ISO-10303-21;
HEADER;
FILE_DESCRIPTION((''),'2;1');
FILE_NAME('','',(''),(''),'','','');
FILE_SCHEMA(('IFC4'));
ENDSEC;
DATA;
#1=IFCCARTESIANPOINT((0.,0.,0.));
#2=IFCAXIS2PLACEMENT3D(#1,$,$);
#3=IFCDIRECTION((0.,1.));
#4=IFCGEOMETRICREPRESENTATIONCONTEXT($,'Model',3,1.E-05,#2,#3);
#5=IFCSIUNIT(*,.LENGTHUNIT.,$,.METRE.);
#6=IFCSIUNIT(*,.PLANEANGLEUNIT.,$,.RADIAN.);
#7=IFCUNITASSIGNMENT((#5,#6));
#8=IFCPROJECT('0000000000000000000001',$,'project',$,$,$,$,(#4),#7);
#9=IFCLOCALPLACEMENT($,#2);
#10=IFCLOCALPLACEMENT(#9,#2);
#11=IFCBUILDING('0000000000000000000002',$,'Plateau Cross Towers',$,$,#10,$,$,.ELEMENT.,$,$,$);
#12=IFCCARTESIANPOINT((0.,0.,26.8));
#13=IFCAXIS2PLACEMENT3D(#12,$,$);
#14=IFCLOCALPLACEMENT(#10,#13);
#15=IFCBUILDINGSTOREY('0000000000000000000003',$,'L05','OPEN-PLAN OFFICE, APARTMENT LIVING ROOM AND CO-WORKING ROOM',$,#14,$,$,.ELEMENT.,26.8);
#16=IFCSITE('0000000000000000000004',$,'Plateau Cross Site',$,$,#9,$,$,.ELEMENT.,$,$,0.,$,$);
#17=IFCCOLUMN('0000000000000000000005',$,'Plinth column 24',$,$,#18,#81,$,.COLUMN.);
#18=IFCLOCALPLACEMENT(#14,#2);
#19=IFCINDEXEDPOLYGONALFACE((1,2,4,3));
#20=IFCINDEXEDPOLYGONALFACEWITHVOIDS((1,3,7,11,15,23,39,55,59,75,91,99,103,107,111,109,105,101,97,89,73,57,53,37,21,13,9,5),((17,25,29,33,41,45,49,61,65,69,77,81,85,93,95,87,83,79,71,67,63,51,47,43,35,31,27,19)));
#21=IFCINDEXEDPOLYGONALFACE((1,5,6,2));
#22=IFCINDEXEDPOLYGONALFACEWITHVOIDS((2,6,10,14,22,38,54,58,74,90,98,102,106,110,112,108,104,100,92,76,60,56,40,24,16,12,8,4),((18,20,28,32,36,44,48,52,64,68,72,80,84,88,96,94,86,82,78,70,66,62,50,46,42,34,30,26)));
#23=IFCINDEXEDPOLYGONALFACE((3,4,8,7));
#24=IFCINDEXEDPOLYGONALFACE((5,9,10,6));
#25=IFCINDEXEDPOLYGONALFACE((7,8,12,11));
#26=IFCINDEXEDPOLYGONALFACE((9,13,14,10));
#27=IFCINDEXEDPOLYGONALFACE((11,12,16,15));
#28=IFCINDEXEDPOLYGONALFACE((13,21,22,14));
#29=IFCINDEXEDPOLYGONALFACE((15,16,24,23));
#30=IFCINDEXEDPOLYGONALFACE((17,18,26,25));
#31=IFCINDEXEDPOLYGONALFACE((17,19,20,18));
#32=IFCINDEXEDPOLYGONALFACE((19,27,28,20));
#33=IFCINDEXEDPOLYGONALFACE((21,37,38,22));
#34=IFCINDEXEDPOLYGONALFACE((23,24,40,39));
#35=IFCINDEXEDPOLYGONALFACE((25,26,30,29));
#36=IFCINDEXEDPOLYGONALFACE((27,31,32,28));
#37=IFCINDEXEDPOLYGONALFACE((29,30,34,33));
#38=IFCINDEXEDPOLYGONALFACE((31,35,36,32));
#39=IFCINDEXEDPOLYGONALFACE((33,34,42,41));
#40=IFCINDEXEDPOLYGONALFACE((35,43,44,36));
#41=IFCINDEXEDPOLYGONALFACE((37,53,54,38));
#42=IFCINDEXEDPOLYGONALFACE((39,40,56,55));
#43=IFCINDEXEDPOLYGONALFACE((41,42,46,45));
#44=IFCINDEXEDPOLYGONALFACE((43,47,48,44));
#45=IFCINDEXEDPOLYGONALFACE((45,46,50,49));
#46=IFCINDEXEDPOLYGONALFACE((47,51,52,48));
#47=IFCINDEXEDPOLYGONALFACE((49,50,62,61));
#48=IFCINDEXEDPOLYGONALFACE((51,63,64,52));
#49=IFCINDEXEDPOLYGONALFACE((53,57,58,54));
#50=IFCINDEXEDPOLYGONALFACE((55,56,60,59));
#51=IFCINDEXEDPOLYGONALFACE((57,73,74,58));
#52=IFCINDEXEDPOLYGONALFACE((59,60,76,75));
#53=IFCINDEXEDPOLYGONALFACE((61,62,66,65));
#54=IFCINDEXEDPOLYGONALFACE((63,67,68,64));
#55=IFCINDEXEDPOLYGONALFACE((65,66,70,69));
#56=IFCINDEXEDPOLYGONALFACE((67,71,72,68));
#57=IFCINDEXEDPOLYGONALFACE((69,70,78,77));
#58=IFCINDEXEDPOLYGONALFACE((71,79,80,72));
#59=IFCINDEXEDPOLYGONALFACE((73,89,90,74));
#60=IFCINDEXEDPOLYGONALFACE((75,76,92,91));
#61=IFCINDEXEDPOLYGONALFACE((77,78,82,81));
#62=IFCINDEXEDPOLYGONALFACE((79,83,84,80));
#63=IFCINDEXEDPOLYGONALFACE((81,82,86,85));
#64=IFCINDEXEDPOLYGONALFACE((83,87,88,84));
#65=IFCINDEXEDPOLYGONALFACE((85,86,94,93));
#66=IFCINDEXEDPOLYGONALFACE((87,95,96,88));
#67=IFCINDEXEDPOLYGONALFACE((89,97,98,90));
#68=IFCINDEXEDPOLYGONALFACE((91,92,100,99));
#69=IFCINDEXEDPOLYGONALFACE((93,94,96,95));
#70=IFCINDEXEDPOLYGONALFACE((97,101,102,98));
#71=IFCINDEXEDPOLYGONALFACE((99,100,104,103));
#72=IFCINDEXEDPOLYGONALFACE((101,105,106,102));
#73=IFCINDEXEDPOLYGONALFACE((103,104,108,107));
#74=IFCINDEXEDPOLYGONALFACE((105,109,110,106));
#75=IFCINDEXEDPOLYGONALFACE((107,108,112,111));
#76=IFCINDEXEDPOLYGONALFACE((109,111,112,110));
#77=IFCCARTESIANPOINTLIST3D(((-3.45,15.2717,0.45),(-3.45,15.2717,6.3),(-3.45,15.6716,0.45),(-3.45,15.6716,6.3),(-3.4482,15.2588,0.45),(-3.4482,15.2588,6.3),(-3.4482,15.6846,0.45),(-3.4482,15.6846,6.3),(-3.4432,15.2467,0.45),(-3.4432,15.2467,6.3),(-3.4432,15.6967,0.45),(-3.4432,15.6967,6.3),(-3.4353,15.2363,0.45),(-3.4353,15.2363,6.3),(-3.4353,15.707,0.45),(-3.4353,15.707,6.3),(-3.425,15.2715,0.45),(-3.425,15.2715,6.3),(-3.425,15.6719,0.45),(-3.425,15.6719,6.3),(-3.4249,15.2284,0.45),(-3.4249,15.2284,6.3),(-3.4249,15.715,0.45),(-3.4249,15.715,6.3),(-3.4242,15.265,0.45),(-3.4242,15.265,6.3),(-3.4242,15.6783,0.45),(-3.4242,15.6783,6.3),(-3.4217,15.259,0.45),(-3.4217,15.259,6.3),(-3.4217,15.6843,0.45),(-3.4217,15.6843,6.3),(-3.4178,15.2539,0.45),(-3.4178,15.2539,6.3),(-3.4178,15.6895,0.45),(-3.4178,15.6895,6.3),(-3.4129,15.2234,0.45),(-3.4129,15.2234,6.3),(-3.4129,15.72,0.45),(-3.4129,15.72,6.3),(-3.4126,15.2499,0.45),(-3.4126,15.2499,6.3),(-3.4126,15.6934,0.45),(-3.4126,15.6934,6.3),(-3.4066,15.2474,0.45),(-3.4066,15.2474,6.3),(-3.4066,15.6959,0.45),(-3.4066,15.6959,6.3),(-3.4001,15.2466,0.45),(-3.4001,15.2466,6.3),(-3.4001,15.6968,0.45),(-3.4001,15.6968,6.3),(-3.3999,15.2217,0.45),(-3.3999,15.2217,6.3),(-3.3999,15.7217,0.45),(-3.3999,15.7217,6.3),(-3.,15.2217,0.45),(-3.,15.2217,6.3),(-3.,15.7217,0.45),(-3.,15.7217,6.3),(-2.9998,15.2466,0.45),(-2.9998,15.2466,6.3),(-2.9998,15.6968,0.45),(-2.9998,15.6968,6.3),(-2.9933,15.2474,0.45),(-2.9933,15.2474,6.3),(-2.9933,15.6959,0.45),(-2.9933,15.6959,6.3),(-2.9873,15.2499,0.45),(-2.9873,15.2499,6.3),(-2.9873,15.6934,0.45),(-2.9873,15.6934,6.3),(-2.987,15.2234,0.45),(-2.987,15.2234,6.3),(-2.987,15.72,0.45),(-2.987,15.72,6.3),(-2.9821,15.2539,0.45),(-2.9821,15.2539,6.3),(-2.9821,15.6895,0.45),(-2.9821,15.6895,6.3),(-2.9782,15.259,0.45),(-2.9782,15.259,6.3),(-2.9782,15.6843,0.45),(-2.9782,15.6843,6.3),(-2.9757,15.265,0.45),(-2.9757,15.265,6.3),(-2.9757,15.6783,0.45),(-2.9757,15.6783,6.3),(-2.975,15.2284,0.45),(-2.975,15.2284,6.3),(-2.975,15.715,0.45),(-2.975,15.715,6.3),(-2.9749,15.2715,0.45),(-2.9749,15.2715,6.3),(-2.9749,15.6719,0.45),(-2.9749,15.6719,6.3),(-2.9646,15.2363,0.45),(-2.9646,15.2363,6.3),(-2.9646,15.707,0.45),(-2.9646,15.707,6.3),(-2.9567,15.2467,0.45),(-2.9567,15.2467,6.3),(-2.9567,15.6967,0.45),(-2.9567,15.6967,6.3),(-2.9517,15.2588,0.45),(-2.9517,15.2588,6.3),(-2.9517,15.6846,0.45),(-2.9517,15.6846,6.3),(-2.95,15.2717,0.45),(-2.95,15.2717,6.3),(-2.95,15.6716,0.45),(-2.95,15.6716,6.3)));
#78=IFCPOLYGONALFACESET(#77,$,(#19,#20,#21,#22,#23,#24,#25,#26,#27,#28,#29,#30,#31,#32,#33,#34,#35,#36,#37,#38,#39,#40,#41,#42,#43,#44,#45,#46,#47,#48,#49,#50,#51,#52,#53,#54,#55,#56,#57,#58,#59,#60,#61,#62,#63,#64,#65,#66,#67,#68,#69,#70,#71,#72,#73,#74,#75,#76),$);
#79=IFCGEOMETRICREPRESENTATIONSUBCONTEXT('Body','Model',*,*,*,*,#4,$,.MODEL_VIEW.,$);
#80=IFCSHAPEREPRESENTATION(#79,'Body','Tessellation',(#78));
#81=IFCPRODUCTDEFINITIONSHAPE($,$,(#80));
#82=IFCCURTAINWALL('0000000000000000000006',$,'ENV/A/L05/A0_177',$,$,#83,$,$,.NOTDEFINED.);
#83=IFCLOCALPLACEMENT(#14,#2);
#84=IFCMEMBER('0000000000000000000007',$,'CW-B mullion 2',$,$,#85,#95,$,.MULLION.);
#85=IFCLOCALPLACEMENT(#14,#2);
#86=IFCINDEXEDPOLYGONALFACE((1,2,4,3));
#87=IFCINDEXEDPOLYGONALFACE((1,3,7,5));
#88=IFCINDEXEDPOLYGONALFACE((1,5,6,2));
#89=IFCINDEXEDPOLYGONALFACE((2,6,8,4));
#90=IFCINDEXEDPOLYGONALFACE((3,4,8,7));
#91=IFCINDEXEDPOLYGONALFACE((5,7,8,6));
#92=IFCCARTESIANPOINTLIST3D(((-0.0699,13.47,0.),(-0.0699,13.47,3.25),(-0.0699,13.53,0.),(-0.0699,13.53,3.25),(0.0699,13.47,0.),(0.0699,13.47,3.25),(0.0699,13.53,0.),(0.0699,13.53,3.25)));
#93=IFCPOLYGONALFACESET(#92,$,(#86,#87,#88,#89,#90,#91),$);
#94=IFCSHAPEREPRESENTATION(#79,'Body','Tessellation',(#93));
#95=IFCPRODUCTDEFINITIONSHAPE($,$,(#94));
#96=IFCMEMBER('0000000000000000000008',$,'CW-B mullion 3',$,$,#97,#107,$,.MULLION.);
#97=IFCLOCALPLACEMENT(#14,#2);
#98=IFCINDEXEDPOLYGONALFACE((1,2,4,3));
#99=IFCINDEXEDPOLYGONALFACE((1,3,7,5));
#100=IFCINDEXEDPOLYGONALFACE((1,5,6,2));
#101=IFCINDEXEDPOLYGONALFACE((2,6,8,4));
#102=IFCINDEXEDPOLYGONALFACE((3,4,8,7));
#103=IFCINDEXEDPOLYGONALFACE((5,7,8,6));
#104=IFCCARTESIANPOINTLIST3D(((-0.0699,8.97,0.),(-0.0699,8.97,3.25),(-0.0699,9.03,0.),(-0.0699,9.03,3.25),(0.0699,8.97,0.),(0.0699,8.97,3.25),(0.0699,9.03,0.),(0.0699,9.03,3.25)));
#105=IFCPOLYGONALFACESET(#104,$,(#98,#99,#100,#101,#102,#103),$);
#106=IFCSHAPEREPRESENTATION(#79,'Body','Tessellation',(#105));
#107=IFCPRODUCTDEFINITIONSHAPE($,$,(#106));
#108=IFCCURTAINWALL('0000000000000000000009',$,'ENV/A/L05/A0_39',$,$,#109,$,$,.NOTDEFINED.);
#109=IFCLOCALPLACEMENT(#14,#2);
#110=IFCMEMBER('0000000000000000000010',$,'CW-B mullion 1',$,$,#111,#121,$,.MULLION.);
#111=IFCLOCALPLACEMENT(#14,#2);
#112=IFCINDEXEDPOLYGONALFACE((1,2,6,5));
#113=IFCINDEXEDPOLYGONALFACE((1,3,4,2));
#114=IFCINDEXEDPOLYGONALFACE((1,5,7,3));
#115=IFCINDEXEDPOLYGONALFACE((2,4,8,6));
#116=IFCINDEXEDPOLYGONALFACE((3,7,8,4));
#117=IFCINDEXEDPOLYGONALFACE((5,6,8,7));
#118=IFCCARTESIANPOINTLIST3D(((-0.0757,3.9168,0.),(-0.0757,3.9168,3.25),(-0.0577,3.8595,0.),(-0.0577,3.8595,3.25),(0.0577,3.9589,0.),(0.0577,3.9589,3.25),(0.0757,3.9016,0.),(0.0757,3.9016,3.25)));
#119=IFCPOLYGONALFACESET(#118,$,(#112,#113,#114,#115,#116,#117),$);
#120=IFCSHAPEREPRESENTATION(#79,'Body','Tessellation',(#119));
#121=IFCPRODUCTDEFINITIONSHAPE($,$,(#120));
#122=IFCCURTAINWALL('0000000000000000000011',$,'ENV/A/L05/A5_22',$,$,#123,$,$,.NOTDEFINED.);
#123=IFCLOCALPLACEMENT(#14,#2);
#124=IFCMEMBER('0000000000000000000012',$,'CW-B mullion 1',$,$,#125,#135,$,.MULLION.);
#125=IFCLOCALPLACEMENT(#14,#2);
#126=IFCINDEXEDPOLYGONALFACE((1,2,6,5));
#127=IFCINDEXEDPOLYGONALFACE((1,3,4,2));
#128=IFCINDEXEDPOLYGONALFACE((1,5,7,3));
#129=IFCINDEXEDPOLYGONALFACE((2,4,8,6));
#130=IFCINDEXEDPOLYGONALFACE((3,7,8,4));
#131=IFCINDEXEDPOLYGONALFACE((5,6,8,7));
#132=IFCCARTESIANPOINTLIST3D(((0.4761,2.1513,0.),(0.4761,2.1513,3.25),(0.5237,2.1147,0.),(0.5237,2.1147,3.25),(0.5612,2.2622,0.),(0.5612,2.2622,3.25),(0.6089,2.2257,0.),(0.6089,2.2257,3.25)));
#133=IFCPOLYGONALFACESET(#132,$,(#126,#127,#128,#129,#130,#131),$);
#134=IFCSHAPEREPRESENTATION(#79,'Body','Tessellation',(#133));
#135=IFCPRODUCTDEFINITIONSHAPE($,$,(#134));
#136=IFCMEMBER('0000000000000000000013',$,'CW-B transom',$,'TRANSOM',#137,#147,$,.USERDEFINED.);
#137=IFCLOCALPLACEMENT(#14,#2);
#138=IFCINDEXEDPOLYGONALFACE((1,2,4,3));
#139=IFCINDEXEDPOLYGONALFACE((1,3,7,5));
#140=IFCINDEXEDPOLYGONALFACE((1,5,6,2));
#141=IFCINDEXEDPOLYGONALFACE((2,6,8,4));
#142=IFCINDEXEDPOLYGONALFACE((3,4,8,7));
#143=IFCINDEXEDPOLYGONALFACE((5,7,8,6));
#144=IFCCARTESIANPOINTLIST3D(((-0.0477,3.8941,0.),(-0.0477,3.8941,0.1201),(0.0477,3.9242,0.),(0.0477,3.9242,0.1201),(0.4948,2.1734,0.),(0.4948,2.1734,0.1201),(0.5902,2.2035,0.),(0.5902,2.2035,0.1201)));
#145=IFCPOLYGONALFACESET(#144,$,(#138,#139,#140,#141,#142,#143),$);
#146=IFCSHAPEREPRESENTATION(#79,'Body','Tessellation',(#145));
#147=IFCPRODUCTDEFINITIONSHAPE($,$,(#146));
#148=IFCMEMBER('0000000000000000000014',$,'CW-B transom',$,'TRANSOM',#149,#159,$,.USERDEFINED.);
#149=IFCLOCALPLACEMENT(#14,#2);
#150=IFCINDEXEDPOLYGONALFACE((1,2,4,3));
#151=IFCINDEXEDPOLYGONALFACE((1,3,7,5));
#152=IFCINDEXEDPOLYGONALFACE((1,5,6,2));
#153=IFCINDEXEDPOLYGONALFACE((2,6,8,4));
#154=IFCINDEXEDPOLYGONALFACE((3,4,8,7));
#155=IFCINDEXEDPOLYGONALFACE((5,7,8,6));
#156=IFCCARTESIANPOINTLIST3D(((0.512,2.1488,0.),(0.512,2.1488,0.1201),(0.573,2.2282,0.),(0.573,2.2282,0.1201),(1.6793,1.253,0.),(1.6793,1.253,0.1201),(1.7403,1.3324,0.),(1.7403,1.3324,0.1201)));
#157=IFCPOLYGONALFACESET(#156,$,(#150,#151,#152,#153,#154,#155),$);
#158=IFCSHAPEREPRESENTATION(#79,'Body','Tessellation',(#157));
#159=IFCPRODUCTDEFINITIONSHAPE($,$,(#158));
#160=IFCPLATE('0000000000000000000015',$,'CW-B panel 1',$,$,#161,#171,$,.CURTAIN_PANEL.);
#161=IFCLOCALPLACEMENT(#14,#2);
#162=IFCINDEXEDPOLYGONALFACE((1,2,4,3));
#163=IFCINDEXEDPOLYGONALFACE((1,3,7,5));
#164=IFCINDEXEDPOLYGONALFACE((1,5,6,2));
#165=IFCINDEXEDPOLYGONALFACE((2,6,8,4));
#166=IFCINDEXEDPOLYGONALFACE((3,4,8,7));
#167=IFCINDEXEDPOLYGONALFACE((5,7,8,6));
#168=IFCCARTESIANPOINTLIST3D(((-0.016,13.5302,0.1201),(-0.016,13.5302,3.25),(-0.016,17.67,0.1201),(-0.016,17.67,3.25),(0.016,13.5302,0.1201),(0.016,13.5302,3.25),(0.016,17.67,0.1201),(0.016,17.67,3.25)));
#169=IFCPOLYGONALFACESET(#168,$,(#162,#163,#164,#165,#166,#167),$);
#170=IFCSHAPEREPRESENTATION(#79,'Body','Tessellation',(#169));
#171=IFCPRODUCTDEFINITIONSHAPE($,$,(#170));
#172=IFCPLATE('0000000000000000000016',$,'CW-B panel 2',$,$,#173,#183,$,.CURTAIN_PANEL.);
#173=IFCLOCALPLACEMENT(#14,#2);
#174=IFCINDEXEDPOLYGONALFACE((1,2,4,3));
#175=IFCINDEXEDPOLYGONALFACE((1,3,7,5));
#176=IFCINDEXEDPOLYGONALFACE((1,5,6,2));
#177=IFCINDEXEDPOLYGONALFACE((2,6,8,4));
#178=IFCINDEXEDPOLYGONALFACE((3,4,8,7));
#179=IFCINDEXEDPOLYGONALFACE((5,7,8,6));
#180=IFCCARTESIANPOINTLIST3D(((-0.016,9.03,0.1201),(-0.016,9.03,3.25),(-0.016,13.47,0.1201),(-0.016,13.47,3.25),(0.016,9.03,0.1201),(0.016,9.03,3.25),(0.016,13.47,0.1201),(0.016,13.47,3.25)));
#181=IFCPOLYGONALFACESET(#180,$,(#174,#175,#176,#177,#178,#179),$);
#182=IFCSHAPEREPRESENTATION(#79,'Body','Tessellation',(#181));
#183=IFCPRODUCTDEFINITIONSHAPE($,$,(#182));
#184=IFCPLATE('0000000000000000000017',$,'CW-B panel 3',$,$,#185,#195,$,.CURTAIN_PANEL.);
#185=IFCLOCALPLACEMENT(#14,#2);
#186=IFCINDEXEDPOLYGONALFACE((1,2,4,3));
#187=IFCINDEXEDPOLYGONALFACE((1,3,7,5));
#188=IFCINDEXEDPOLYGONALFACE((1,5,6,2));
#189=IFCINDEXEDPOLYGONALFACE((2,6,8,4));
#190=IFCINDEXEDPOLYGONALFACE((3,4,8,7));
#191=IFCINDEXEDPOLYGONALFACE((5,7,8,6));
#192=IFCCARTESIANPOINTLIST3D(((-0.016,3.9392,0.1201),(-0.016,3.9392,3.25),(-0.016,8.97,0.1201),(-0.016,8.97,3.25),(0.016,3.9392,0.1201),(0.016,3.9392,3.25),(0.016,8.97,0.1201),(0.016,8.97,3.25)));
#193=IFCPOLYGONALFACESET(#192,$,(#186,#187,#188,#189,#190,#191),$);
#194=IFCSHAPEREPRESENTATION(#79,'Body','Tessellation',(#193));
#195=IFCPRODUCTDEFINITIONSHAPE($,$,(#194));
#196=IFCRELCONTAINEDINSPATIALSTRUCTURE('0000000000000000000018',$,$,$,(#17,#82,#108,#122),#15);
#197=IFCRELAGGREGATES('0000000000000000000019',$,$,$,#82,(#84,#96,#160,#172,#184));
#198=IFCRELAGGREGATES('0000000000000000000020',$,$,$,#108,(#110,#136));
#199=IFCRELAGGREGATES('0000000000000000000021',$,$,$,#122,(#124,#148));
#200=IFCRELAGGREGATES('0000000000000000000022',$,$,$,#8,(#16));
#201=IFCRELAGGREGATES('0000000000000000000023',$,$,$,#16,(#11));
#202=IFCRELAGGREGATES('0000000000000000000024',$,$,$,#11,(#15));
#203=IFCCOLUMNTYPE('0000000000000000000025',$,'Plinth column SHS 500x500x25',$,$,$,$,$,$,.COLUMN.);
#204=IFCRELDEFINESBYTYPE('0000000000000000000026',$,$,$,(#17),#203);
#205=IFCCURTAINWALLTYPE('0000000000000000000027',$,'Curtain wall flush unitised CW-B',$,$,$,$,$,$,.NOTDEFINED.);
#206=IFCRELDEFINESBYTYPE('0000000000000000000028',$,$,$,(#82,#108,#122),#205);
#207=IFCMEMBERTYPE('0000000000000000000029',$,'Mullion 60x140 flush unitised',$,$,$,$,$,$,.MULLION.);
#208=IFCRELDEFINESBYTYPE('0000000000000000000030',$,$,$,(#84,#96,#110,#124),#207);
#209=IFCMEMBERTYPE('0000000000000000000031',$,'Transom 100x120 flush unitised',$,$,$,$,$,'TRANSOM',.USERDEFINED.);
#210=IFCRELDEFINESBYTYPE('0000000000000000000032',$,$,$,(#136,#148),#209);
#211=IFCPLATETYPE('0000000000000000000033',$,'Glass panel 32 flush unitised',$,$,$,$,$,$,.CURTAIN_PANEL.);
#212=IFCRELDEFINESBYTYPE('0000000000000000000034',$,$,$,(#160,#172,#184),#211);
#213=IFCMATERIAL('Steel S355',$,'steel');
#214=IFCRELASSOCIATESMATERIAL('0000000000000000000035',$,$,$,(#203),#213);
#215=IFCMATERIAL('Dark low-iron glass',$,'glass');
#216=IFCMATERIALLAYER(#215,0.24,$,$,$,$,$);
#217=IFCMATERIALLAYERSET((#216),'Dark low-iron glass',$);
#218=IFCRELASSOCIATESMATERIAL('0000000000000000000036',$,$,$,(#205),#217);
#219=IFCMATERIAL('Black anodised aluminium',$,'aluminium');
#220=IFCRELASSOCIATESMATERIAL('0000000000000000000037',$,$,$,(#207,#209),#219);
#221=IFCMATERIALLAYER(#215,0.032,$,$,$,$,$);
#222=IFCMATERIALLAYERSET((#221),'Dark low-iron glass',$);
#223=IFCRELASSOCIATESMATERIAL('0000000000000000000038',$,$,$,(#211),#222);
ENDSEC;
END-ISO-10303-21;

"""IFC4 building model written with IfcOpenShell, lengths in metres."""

from ifc_helpers import new_model, si_unit, direction, frame, origin, origin_2d, place, context, subcontext, project, spatial, rectangle, hollow_rectangle, extrude, material, layer, layer_set, material_profile, profile_set, type_object, element, aggregate, save


model = new_model("IFC4")

# Units and contexts
model_context = context("Model", 3, precision=1e-05, world=origin(), true_north=direction((0.0, 1.0)))
body_context = subcontext(model_context, "Body", "Model", "MODEL_VIEW")
ifc_project = project(units=[si_unit("LENGTHUNIT", "METRE"), si_unit("PLANEANGLEUNIT", "RADIAN")], contexts=[model_context])

# Site, building, storey
site_placement = place(None, origin())
site = spatial("IfcSite", under=ifc_project, at=site_placement, Name="Plateau Cross Site", CompositionType="ELEMENT", RefElevation=0.0)
building_placement = place(site_placement, origin())
building = spatial("IfcBuilding", under=site, at=building_placement, Name="Plateau Cross Towers", CompositionType="ELEMENT")
storey_placement = place(building_placement, frame((0.0, 0.0, 26.8)))
storey = spatial("IfcBuildingStorey", under=building, at=storey_placement, Name="L05", Description="OPEN-PLAN OFFICE, APARTMENT LIVING ROOM AND CO-WORKING ROOM", CompositionType="ELEMENT", Elevation=26.8)

# Column
ifc_material_1 = material(Name="Steel S355", Category="steel")
ifc_material_profile_1 = material_profile(ifc_material_1, hollow_rectangle(XDim=0.5, YDim=0.5, WallThickness=0.0249, InnerFilletRadius=0.0249, OuterFilletRadius=0.05, at=origin_2d()), Name="SHS 500x500x25")
ifc_profile_set_1 = profile_set([ifc_material_profile_1], Name="Steel S355")
column_type_1 = type_object("IfcColumnType", Name="Plinth column SHS 500x500x25", PredefinedType="COLUMN", material=ifc_profile_set_1)
for number, where, z_axis, x_axis, name in (
    (1, (-3.2, 15.4717, 0.45), (0.0, 0.0, 1.0), (1.0, 0.0, 0.0), "Plinth column 24"),
):
    element("IfcColumn", number, at=place(storey_placement, frame(where, z_axis=z_axis, x_axis=x_axis)), inside=storey, type_object=column_type_1, Name=name, PredefinedType="COLUMN", context=body_context, shape_type="SweptSolid", body=[
        extrude(hollow_rectangle(XDim=0.5, YDim=0.5, WallThickness=0.0249, InnerFilletRadius=0.0249, OuterFilletRadius=0.05, at=origin_2d()), origin(), (0.0, 0.0, 1.0), 5.8501),
    ])

# Curtain wall, members
ifc_material_2 = material(Name="Dark low-iron glass", Category="glass")
ifc_layer_1 = layer(ifc_material_2, 0.24)
ifc_layer_set_1 = layer_set([ifc_layer_1], Name="Dark low-iron glass")
curtain_wall_type = type_object("IfcCurtainWallType", Name="Curtain wall flush unitised CW-B", PredefinedType="NOTDEFINED", material=ifc_layer_set_1)
curtain_wall_1_placement = place(storey_placement, origin())
curtain_wall_1 = element("IfcCurtainWall", 2, at=curtain_wall_1_placement, inside=storey, type_object=curtain_wall_type, Name="ENV/A/L05/A0_177", PredefinedType="NOTDEFINED")
ifc_material_3 = material(Name="Black anodised aluminium", Category="aluminium")
ifc_material_profile_2 = material_profile(ifc_material_3, rectangle(XDim=0.0601, YDim=0.1399, at=origin_2d()), Name="MULLION 60x140")
ifc_profile_set_2 = profile_set([ifc_material_profile_2], Name="Black anodised aluminium")
member_type_1 = type_object("IfcMemberType", Name="Mullion 60x140 flush unitised", PredefinedType="MULLION", material=ifc_profile_set_2)
member_1_placement = place(storey_placement, frame((0.0, 13.5, 0.0), z_axis=(0.0, 0.0, 1.0), x_axis=(0.0, -1.0, 0.0)))
member_1 = element("IfcMember", 3, at=member_1_placement, type_object=member_type_1, Name="CW-B mullion 2", PredefinedType="MULLION", context=body_context, shape_type="SweptSolid", body=[
    extrude(rectangle(XDim=0.0601, YDim=0.1399, at=origin_2d()), origin(), (0.0, 0.0, 1.0), 3.25),
])
member_2_placement = place(storey_placement, frame((0.0, 9.0, 0.0), z_axis=(0.0, 0.0, 1.0), x_axis=(0.0, -1.0, 0.0)))
member_2 = element("IfcMember", 4, at=member_2_placement, type_object=member_type_1, Name="CW-B mullion 3", PredefinedType="MULLION", context=body_context, shape_type="SweptSolid", body=[
    extrude(rectangle(XDim=0.0601, YDim=0.1399, at=origin_2d()), origin(), (0.0, 0.0, 1.0), 3.25),
])

# Curtain walls, members
curtain_wall_2_placement = place(storey_placement, origin())
curtain_wall_2 = element("IfcCurtainWall", 5, at=curtain_wall_2_placement, inside=storey, type_object=curtain_wall_type, Name="ENV/A/L05/A0_39", PredefinedType="NOTDEFINED")
member_3_placement = place(storey_placement, frame((0.0, 3.9092, 0.0), z_axis=(0.0, 0.0, 1.0), x_axis=(0.300686, -0.953723, 0.0)))
member_3 = element("IfcMember", 6, at=member_3_placement, type_object=member_type_1, Name="CW-B mullion 1", PredefinedType="MULLION", context=body_context, shape_type="SweptSolid", body=[
    extrude(rectangle(XDim=0.0601, YDim=0.1399, at=origin_2d()), origin(), (0.0, 0.0, 1.0), 3.25),
])
curtain_wall_3_placement = place(storey_placement, origin())
curtain_wall_3 = element("IfcCurtainWall", 7, at=curtain_wall_3_placement, inside=storey, type_object=curtain_wall_type, Name="ENV/A/L05/A5_22", PredefinedType="NOTDEFINED")
member_4_placement = place(storey_placement, frame((0.5425, 2.1885, 0.0), z_axis=(0.0, 0.0, 1.0), x_axis=(0.793316, -0.608811, 0.0)))
member_4 = element("IfcMember", 8, at=member_4_placement, type_object=member_type_1, Name="CW-B mullion 1", PredefinedType="MULLION", context=body_context, shape_type="SweptSolid", body=[
    extrude(rectangle(XDim=0.0601, YDim=0.1399, at=origin_2d()), origin(), (0.0, 0.0, 1.0), 3.25),
])

# Members
ifc_material_profile_3 = material_profile(ifc_material_3, rectangle(XDim=0.1001, YDim=0.1201, at=origin_2d()), Name="TRANSOM 100x120")
ifc_profile_set_3 = profile_set([ifc_material_profile_3], Name="Black anodised aluminium")
member_type_2 = type_object("IfcMemberType", Name="Transom 100x120 flush unitised", ElementType="TRANSOM", PredefinedType="USERDEFINED", material=ifc_profile_set_3)
member_5_placement = place(storey_placement, frame((0.0, 3.9092, 0.0601), z_axis=(0.300678, -0.953726, 0.0), x_axis=(0.953726, 0.300678, 0.0)))
member_5 = element("IfcMember", 9, at=member_5_placement, type_object=member_type_2, Name="CW-B transom", ObjectType="TRANSOM", PredefinedType="USERDEFINED", context=body_context, shape_type="SweptSolid", body=[
    extrude(rectangle(XDim=0.1001, YDim=0.1201, at=origin_2d()), origin(), (0.0, 0.0, 1.0), 1.8042),
])
member_6_placement = place(storey_placement, frame((0.5425, 2.1885, 0.0601), z_axis=(0.793321, -0.608804, 0.0), x_axis=(0.608804, 0.793321, 0.0)))
member_6 = element("IfcMember", 10, at=member_6_placement, type_object=member_type_2, Name="CW-B transom", ObjectType="TRANSOM", PredefinedType="USERDEFINED", context=body_context, shape_type="SweptSolid", body=[
    extrude(rectangle(XDim=0.1001, YDim=0.1201, at=origin_2d()), origin(), (0.0, 0.0, 1.0), 1.4714),
])

# Plates
ifc_layer_2 = layer(ifc_material_2, 0.032)
ifc_layer_set_2 = layer_set([ifc_layer_2], Name="Dark low-iron glass")
plate_type = type_object("IfcPlateType", Name="Glass panel 32 flush unitised", PredefinedType="CURTAIN_PANEL", material=ifc_layer_set_2)
plate_1_placement = place(storey_placement, frame((0.0, 15.6001, 0.1201), z_axis=(0.0, 0.0, 1.0), x_axis=(0.0, -1.0, 0.0)))
plate_1 = element("IfcPlate", 11, at=plate_1_placement, type_object=plate_type, Name="CW-B panel 1", PredefinedType="CURTAIN_PANEL", context=body_context, shape_type="SweptSolid", body=[
    extrude(rectangle(XDim=4.1399, YDim=0.032, at=origin_2d()), origin(), (0.0, 0.0, 1.0), 3.1299),
])
plate_2_placement = place(storey_placement, frame((0.0, 11.25, 0.1201), z_axis=(0.0, 0.0, 1.0), x_axis=(0.0, -1.0, 0.0)))
plate_2 = element("IfcPlate", 12, at=plate_2_placement, type_object=plate_type, Name="CW-B panel 2", PredefinedType="CURTAIN_PANEL", context=body_context, shape_type="SweptSolid", body=[
    extrude(rectangle(XDim=4.4399, YDim=0.032, at=origin_2d()), origin(), (0.0, 0.0, 1.0), 3.1299),
])
plate_3_placement = place(storey_placement, frame((0.0, 6.4546, 0.1201), z_axis=(0.0, 0.0, 1.0), x_axis=(0.0, -1.0, 0.0)))
plate_3 = element("IfcPlate", 13, at=plate_3_placement, type_object=plate_type, Name="CW-B panel 3", PredefinedType="CURTAIN_PANEL", context=body_context, shape_type="SweptSolid", body=[
    extrude(rectangle(XDim=5.0308, YDim=0.032, at=origin_2d()), origin(), (0.0, 0.0, 1.0), 3.1299),
])
aggregate(curtain_wall_1, [member_1, member_2, plate_1, plate_2, plate_3])
aggregate(curtain_wall_2, [member_3, member_5])
aggregate(curtain_wall_3, [member_4, member_6])

save(model, "model.ifc")
